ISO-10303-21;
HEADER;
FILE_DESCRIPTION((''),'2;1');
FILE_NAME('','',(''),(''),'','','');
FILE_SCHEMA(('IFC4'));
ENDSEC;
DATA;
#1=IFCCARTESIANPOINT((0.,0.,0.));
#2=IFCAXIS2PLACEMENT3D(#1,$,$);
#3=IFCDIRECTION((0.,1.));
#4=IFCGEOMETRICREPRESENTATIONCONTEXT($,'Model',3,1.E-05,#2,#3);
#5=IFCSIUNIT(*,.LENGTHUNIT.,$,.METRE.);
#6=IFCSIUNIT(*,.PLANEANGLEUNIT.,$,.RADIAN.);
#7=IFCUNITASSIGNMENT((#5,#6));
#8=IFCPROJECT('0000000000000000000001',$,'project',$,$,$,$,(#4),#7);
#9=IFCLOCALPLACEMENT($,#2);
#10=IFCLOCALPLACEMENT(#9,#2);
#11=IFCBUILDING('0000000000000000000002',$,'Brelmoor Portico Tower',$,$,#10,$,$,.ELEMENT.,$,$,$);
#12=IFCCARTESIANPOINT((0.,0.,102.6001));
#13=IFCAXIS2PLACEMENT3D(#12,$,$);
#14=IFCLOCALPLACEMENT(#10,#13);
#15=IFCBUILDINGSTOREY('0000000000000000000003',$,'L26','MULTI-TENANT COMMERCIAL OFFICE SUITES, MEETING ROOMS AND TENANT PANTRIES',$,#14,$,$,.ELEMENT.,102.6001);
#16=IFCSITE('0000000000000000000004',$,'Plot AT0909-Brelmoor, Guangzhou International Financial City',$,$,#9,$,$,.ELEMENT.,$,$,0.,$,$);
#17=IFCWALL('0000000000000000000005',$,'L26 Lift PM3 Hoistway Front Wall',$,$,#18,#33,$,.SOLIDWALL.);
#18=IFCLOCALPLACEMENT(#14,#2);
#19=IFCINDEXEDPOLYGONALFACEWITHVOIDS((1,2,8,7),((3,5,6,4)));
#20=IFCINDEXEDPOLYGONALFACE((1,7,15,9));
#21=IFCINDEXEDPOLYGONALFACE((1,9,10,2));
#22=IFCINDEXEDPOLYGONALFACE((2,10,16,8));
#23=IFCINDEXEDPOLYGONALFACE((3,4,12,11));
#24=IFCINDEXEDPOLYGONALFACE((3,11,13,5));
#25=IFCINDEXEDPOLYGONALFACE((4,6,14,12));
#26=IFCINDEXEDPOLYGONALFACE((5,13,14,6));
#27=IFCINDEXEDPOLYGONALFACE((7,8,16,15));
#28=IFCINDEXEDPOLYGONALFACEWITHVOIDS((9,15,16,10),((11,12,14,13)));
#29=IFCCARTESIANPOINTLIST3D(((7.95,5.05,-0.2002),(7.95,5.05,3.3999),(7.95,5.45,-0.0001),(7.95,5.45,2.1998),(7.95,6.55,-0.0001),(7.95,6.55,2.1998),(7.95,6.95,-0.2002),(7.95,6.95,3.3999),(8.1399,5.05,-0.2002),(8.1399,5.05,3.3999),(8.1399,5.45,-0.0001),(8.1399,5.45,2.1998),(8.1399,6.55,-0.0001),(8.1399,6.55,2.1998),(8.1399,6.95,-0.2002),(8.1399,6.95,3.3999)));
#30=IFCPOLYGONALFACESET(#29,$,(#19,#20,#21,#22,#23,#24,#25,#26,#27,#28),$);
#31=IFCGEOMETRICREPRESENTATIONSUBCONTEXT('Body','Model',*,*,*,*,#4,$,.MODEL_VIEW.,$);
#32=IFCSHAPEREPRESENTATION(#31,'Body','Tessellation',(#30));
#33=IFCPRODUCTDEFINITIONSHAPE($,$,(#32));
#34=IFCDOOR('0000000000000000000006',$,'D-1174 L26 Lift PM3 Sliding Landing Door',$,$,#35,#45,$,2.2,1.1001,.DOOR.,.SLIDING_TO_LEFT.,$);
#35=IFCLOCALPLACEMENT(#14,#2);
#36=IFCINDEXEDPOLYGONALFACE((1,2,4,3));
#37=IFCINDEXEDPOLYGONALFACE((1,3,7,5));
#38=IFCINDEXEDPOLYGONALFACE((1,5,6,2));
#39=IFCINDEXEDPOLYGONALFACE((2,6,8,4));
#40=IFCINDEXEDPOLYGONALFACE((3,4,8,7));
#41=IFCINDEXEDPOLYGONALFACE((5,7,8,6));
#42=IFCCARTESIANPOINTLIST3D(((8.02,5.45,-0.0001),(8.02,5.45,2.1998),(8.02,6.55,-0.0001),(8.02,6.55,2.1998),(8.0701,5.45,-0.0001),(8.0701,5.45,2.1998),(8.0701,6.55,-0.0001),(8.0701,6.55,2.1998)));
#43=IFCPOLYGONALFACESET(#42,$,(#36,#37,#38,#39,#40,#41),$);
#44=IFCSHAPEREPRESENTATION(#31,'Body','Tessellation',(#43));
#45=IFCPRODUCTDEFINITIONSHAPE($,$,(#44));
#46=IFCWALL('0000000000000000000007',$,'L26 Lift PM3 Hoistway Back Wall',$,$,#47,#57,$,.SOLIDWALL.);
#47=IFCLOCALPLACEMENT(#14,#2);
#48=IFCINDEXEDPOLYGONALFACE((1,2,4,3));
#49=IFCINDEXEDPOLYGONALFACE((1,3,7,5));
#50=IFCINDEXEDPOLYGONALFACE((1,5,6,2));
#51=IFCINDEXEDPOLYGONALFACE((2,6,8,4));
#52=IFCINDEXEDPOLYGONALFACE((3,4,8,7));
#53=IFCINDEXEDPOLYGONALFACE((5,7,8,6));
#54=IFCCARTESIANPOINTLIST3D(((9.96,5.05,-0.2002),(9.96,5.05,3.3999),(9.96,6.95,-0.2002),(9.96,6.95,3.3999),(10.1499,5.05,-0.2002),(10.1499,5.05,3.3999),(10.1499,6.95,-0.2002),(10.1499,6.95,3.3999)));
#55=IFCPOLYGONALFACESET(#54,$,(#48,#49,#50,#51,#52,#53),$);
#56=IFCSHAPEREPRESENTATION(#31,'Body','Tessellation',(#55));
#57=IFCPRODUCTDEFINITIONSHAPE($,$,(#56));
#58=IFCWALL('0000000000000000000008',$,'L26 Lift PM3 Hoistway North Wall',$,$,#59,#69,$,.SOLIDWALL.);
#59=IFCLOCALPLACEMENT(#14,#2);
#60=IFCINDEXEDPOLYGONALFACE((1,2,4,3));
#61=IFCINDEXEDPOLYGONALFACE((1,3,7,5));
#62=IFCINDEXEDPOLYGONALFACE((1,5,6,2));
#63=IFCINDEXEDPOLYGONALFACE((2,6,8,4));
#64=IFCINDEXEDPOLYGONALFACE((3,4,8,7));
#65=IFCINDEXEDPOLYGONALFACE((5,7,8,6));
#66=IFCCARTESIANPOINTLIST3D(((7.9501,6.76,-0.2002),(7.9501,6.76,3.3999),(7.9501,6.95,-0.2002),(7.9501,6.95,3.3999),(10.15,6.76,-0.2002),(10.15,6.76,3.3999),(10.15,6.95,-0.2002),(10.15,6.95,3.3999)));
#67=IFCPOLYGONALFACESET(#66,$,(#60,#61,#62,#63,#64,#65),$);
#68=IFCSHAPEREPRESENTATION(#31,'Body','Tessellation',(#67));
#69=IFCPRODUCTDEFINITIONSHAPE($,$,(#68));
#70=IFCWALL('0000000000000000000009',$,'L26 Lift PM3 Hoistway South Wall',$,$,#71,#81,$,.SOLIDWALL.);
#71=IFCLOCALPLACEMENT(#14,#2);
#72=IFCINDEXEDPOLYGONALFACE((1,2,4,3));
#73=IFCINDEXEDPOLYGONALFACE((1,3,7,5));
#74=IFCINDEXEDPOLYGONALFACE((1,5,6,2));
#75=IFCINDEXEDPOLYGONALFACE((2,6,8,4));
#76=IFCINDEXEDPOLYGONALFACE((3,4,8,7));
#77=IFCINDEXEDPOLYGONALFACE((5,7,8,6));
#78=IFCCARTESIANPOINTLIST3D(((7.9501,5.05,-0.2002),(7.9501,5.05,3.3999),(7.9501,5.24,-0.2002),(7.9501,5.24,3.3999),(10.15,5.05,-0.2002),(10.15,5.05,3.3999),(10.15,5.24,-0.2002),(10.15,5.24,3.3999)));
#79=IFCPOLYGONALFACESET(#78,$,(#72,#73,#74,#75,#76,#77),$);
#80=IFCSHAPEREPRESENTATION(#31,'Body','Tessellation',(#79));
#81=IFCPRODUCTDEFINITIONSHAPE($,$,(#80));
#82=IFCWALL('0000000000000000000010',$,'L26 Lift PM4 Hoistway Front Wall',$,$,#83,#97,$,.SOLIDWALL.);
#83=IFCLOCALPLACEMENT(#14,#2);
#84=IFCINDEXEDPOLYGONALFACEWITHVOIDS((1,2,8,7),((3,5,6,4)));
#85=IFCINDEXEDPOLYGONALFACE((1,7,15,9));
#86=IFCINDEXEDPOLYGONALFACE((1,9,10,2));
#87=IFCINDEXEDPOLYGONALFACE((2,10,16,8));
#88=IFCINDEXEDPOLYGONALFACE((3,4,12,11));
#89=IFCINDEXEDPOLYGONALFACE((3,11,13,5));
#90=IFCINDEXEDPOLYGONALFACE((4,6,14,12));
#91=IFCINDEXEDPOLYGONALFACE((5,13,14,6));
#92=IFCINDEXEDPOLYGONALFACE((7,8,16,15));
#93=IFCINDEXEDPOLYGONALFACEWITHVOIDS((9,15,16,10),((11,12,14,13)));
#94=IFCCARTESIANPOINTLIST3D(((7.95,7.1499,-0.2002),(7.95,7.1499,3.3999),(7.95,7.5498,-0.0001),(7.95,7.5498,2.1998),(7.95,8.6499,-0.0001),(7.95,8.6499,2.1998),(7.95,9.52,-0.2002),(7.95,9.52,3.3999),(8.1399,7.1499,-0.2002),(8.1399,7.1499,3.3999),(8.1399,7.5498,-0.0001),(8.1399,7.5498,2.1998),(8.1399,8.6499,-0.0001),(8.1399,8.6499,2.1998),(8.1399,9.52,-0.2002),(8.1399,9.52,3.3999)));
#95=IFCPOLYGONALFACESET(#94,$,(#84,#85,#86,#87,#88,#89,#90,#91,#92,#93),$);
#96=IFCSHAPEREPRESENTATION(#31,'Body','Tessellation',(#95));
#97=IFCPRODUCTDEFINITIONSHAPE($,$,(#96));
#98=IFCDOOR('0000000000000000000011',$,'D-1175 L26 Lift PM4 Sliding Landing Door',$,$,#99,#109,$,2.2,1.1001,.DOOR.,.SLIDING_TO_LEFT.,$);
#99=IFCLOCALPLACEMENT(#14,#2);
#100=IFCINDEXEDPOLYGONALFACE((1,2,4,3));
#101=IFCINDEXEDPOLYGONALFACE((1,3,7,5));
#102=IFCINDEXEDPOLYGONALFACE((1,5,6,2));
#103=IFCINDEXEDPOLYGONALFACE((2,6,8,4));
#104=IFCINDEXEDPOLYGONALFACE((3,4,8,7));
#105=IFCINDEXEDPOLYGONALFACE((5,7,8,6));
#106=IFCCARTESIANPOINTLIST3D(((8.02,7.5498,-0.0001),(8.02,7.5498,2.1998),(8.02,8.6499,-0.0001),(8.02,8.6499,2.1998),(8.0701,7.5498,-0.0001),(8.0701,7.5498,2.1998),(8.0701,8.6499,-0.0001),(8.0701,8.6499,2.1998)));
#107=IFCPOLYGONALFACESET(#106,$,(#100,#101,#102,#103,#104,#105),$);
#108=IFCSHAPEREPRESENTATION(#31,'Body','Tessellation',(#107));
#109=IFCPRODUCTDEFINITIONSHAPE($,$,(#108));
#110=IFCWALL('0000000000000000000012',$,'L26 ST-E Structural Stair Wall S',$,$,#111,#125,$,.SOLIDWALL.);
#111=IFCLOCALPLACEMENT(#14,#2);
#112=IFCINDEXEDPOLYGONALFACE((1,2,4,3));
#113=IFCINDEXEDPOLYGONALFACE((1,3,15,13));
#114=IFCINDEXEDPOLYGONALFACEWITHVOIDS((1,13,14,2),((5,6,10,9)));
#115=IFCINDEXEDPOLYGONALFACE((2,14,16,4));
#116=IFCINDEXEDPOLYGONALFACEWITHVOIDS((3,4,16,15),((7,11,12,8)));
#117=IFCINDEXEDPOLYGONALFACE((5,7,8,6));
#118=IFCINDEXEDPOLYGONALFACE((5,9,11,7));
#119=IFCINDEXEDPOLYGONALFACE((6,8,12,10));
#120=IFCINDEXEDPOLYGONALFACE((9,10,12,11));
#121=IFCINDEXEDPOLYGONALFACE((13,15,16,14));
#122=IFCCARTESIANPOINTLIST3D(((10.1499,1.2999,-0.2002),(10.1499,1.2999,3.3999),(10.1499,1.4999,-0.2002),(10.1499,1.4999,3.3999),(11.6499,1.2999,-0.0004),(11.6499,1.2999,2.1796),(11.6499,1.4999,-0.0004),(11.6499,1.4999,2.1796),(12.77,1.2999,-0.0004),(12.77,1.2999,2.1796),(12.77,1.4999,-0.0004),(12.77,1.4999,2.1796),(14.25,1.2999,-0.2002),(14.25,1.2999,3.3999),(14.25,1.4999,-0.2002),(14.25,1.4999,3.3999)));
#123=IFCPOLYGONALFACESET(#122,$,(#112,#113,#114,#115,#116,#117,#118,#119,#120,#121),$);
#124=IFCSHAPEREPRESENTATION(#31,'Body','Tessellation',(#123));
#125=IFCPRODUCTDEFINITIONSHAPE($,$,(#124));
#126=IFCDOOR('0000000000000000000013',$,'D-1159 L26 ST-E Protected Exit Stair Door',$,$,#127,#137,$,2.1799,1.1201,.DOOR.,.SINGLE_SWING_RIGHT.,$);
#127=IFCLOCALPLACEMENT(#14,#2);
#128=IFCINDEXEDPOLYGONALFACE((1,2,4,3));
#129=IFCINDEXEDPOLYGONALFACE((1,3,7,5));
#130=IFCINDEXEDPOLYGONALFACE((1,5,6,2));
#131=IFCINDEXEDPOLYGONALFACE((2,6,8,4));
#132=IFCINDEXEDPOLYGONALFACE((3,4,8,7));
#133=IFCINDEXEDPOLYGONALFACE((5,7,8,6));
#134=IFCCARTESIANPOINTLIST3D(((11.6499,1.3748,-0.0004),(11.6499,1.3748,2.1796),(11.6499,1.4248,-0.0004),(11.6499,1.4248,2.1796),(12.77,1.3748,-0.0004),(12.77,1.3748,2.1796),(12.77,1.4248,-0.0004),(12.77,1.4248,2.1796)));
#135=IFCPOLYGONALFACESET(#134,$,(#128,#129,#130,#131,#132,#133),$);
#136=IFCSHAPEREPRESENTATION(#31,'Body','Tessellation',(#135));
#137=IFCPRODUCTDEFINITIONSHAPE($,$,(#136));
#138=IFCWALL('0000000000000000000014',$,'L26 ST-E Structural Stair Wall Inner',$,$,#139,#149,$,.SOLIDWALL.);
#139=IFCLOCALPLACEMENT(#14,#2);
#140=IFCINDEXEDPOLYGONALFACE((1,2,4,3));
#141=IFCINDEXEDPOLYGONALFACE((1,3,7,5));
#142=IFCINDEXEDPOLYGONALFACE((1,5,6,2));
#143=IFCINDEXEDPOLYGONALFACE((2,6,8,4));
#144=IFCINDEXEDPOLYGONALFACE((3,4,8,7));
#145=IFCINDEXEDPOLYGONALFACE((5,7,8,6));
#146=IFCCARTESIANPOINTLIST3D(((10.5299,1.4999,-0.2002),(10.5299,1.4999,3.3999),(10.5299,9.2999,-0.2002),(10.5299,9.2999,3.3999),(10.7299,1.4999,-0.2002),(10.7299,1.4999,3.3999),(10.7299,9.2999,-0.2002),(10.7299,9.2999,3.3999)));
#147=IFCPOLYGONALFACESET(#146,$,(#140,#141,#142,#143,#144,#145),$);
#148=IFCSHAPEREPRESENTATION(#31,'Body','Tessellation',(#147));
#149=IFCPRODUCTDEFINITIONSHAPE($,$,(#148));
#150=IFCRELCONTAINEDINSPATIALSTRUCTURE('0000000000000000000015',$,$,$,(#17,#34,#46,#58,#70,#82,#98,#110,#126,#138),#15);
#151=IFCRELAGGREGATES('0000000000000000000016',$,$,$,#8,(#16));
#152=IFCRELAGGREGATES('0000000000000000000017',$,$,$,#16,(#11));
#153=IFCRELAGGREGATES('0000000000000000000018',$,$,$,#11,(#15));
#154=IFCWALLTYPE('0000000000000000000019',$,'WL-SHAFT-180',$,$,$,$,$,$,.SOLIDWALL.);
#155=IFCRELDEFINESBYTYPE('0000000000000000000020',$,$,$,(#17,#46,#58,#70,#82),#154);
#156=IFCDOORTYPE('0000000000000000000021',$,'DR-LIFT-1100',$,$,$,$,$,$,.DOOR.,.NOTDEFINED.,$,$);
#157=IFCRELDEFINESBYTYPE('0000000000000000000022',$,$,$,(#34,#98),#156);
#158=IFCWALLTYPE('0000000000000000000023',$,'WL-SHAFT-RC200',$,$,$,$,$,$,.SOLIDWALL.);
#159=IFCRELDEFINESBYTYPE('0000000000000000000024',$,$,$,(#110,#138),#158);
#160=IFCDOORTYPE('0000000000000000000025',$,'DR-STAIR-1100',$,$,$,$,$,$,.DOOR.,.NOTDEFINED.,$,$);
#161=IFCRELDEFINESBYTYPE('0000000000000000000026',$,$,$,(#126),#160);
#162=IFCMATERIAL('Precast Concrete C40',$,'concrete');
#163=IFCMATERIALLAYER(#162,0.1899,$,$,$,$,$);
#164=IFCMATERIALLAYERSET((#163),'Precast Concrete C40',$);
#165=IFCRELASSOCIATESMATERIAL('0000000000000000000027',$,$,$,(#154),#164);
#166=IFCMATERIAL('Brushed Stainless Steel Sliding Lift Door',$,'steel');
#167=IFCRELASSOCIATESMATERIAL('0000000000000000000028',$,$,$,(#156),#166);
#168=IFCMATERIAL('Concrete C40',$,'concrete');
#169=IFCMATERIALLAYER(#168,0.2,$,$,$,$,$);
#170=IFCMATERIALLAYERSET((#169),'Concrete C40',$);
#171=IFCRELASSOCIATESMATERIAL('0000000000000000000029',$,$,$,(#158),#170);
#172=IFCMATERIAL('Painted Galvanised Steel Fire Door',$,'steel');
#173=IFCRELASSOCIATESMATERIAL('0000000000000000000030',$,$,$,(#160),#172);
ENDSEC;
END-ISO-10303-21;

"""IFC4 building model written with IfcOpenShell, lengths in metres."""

from ifc_helpers import new_model, si_unit, direction, frame, frame_2d, origin, place, context, subcontext, project, spatial, rectangle, extrude, material, layer, layer_set, type_object, element, fill, save


model = new_model("IFC4")

# Units and contexts
model_context = context("Model", 3, precision=1e-05, world=origin(), true_north=direction((0.0, 1.0)))
body_context = subcontext(model_context, "Body", "Model", "MODEL_VIEW")
ifc_project = project(units=[si_unit("LENGTHUNIT", "METRE"), si_unit("PLANEANGLEUNIT", "RADIAN")], contexts=[model_context])

# Site, building, storey
site_placement = place(None, origin())
site = spatial("IfcSite", under=ifc_project, at=site_placement, Name="Plot AT0909-Brelmoor, Guangzhou International Financial City", CompositionType="ELEMENT", RefElevation=0.0)
building_placement = place(site_placement, origin())
building = spatial("IfcBuilding", under=site, at=building_placement, Name="Brelmoor Portico Tower", CompositionType="ELEMENT")
storey_placement = place(building_placement, frame((0.0, 0.0, 102.6001)))
storey = spatial("IfcBuildingStorey", under=building, at=storey_placement, Name="L26", Description="MULTI-TENANT COMMERCIAL OFFICE SUITES, MEETING ROOMS AND TENANT PANTRIES", CompositionType="ELEMENT", Elevation=102.6001)

# Shared definitions
ifc_material_1 = material(Name="Precast Concrete C40", Category="concrete")
ifc_layer_1 = layer(ifc_material_1, 0.1899)
ifc_layer_set_1 = layer_set([ifc_layer_1], Name="Precast Concrete C40")
wall_type_1 = type_object("IfcWallType", Name="WL-SHAFT-180", PredefinedType="SOLIDWALL", material=ifc_layer_set_1)
ifc_material_2 = material(Name="Brushed Stainless Steel Sliding Lift Door", Category="steel")
door_type_1 = type_object("IfcDoorType", Name="DR-LIFT-1100", OperationType="NOTDEFINED", PredefinedType="DOOR", material=ifc_material_2)

# Wall, opening, door
wall_1_placement = place(storey_placement, frame((8.0449, 5.05, -0.2002), z_axis=(0.0, 0.0, 1.0), x_axis=(0.0, 1.0, 0.0)))
wall_1 = element("IfcWall", 1, at=wall_1_placement, inside=storey, type_object=wall_type_1, Name="L26 Lift PM3 Hoistway Front Wall", PredefinedType="SOLIDWALL", context=body_context, shape_type="SweptSolid", body=[
    extrude(rectangle(XDim=1.8999, YDim=0.1899, at=frame_2d((0.95, 0.0))), origin(), (0.0, 0.0, 1.0), 3.6001),
])
opening_1_placement = place(wall_1_placement, frame((0.3999, 0.0, 0.2)))
opening_1 = element("IfcOpeningElement", 2, at=opening_1_placement, cuts=wall_1, PredefinedType="OPENING", context=body_context, shape_type="SweptSolid", body=[
    extrude(rectangle(XDim=1.1001, YDim=2.2, at=frame_2d((0.55, 1.1001))), frame((0.0, 0.105, 0.0), z_axis=(0.0, -1.0, 0.0), x_axis=(1.0, 0.0, 0.0)), (0.0, 0.0, 1.0), 0.21),
])
door_1_placement = place(opening_1_placement, origin())
door_1 = element("IfcDoor", 3, at=door_1_placement, inside=storey, type_object=door_type_1, Name="D-1174 L26 Lift PM3 Sliding Landing Door", OperationType="SLIDING_TO_LEFT", OverallHeight=2.2, OverallWidth=1.1001, PredefinedType="DOOR", context=body_context, shape_type="SweptSolid", body=[
    extrude(rectangle(XDim=1.1001, YDim=2.2, at=frame_2d((0.55, 1.1001))), frame((0.0, 0.0249, 0.0), z_axis=(0.0, -1.0, 0.0), x_axis=(1.0, 0.0, 0.0)), (0.0, 0.0, 1.0), 0.05),
])
fill(opening_1, door_1)

# Walls
wall_2_placement = place(storey_placement, frame((10.0549, 5.05, -0.2002), z_axis=(0.0, 0.0, 1.0), x_axis=(0.0, 1.0, 0.0)))
element("IfcWall", 4, at=wall_2_placement, inside=storey, type_object=wall_type_1, Name="L26 Lift PM3 Hoistway Back Wall", PredefinedType="SOLIDWALL", context=body_context, shape_type="SweptSolid", body=[
    extrude(rectangle(XDim=1.8999, YDim=0.1899, at=frame_2d((0.95, 0.0))), origin(), (0.0, 0.0, 1.0), 3.6001),
])
for number, where, z_axis, x_axis, name in (
    (5, (7.95, 6.855, -0.2002), (0.0, 0.0, 1.0), (1.0, 0.0, 0.0), "L26 Lift PM3 Hoistway North Wall"),
    (6, (7.95, 5.145, -0.2002), (0.0, 0.0, 1.0), (1.0, 0.0, 0.0), "L26 Lift PM3 Hoistway South Wall"),
):
    element("IfcWall", number, at=place(storey_placement, frame(where, z_axis=z_axis, x_axis=x_axis)), inside=storey, type_object=wall_type_1, Name=name, PredefinedType="SOLIDWALL", context=body_context, shape_type="SweptSolid", body=[
        extrude(rectangle(XDim=2.2, YDim=0.1899, at=frame_2d((1.1001, 0.0))), origin(), (0.0, 0.0, 1.0), 3.6001),
    ])

# Walls, openings, doors
wall_3_placement = place(storey_placement, frame((8.0449, 7.1499, -0.2002), z_axis=(0.0, 0.0, 1.0), x_axis=(0.0, 1.0, 0.0)))
wall_3 = element("IfcWall", 7, at=wall_3_placement, inside=storey, type_object=wall_type_1, Name="L26 Lift PM4 Hoistway Front Wall", PredefinedType="SOLIDWALL", context=body_context, shape_type="SweptSolid", body=[
    extrude(rectangle(XDim=2.3701, YDim=0.1899, at=frame_2d((1.1851, 0.0))), origin(), (0.0, 0.0, 1.0), 3.6001),
])
opening_2_placement = place(wall_3_placement, frame((0.3999, 0.0, 0.2)))
opening_2 = element("IfcOpeningElement", 8, at=opening_2_placement, cuts=wall_3, PredefinedType="OPENING", context=body_context, shape_type="SweptSolid", body=[
    extrude(rectangle(XDim=1.1001, YDim=2.2, at=frame_2d((0.55, 1.1001))), frame((0.0, 0.105, 0.0), z_axis=(0.0, -1.0, 0.0), x_axis=(1.0, 0.0, 0.0)), (0.0, 0.0, 1.0), 0.21),
])
door_2_placement = place(opening_2_placement, origin())
door_2 = element("IfcDoor", 9, at=door_2_placement, inside=storey, type_object=door_type_1, Name="D-1175 L26 Lift PM4 Sliding Landing Door", OperationType="SLIDING_TO_LEFT", OverallHeight=2.2, OverallWidth=1.1001, PredefinedType="DOOR", context=body_context, shape_type="SweptSolid", body=[
    extrude(rectangle(XDim=1.1001, YDim=2.2, at=frame_2d((0.55, 1.1001))), frame((0.0, 0.0249, 0.0), z_axis=(0.0, -1.0, 0.0), x_axis=(1.0, 0.0, 0.0)), (0.0, 0.0, 1.0), 0.05),
])
fill(opening_2, door_2)
ifc_material_3 = material(Name="Concrete C40", Category="concrete")
ifc_layer_2 = layer(ifc_material_3, 0.2)
ifc_layer_set_2 = layer_set([ifc_layer_2], Name="Concrete C40")
wall_type_2 = type_object("IfcWallType", Name="WL-SHAFT-RC200", PredefinedType="SOLIDWALL", material=ifc_layer_set_2)
wall_4_placement = place(storey_placement, frame((10.1499, 1.3999, -0.2002), z_axis=(0.0, 0.0, 1.0), x_axis=(1.0, 0.0, 0.0)))
wall_4 = element("IfcWall", 10, at=wall_4_placement, inside=storey, type_object=wall_type_2, Name="L26 ST-E Structural Stair Wall S", PredefinedType="SOLIDWALL", context=body_context, shape_type="SweptSolid", body=[
    extrude(rectangle(XDim=4.1001, YDim=0.2, at=frame_2d((2.05, 0.0))), origin(), (0.0, 0.0, 1.0), 3.6001),
])
opening_3_placement = place(wall_4_placement, frame((1.5, 0.0, 0.2)))
opening_3 = element("IfcOpeningElement", 11, at=opening_3_placement, cuts=wall_4, PredefinedType="OPENING", context=body_context, shape_type="SweptSolid", body=[
    extrude(rectangle(XDim=1.1201, YDim=2.1799, at=frame_2d((0.5601, 1.0898))), frame((0.0, 0.1099, 0.0), z_axis=(0.0, -1.0, 0.0), x_axis=(1.0, 0.0, 0.0)), (0.0, 0.0, 1.0), 0.22),
])
ifc_material_4 = material(Name="Painted Galvanised Steel Fire Door", Category="steel")
door_type_2 = type_object("IfcDoorType", Name="DR-STAIR-1100", OperationType="NOTDEFINED", PredefinedType="DOOR", material=ifc_material_4)
door_3_placement = place(opening_3_placement, origin())
door_3 = element("IfcDoor", 12, at=door_3_placement, inside=storey, type_object=door_type_2, Name="D-1159 L26 ST-E Protected Exit Stair Door", OperationType="SINGLE_SWING_RIGHT", OverallHeight=2.1799, OverallWidth=1.1201, PredefinedType="DOOR", context=body_context, shape_type="SweptSolid", body=[
    extrude(rectangle(XDim=1.1201, YDim=2.1799, at=frame_2d((0.5601, 1.0898))), frame((0.0, 0.0249, 0.0), z_axis=(0.0, -1.0, 0.0), x_axis=(1.0, 0.0, 0.0)), (0.0, 0.0, 1.0), 0.05),
])
fill(opening_3, door_3)

# Wall
wall_5_placement = place(storey_placement, frame((10.6299, 1.5, -0.2002), z_axis=(0.0, 0.0, 1.0), x_axis=(0.0, 1.0, 0.0)))
element("IfcWall", 13, at=wall_5_placement, inside=storey, type_object=wall_type_2, Name="L26 ST-E Structural Stair Wall Inner", PredefinedType="SOLIDWALL", context=body_context, shape_type="SweptSolid", body=[
    extrude(rectangle(XDim=7.8, YDim=0.2, at=frame_2d((3.8999, 0.0))), origin(), (0.0, 0.0, 1.0), 3.6001),
])

save(model, "model.ifc")
